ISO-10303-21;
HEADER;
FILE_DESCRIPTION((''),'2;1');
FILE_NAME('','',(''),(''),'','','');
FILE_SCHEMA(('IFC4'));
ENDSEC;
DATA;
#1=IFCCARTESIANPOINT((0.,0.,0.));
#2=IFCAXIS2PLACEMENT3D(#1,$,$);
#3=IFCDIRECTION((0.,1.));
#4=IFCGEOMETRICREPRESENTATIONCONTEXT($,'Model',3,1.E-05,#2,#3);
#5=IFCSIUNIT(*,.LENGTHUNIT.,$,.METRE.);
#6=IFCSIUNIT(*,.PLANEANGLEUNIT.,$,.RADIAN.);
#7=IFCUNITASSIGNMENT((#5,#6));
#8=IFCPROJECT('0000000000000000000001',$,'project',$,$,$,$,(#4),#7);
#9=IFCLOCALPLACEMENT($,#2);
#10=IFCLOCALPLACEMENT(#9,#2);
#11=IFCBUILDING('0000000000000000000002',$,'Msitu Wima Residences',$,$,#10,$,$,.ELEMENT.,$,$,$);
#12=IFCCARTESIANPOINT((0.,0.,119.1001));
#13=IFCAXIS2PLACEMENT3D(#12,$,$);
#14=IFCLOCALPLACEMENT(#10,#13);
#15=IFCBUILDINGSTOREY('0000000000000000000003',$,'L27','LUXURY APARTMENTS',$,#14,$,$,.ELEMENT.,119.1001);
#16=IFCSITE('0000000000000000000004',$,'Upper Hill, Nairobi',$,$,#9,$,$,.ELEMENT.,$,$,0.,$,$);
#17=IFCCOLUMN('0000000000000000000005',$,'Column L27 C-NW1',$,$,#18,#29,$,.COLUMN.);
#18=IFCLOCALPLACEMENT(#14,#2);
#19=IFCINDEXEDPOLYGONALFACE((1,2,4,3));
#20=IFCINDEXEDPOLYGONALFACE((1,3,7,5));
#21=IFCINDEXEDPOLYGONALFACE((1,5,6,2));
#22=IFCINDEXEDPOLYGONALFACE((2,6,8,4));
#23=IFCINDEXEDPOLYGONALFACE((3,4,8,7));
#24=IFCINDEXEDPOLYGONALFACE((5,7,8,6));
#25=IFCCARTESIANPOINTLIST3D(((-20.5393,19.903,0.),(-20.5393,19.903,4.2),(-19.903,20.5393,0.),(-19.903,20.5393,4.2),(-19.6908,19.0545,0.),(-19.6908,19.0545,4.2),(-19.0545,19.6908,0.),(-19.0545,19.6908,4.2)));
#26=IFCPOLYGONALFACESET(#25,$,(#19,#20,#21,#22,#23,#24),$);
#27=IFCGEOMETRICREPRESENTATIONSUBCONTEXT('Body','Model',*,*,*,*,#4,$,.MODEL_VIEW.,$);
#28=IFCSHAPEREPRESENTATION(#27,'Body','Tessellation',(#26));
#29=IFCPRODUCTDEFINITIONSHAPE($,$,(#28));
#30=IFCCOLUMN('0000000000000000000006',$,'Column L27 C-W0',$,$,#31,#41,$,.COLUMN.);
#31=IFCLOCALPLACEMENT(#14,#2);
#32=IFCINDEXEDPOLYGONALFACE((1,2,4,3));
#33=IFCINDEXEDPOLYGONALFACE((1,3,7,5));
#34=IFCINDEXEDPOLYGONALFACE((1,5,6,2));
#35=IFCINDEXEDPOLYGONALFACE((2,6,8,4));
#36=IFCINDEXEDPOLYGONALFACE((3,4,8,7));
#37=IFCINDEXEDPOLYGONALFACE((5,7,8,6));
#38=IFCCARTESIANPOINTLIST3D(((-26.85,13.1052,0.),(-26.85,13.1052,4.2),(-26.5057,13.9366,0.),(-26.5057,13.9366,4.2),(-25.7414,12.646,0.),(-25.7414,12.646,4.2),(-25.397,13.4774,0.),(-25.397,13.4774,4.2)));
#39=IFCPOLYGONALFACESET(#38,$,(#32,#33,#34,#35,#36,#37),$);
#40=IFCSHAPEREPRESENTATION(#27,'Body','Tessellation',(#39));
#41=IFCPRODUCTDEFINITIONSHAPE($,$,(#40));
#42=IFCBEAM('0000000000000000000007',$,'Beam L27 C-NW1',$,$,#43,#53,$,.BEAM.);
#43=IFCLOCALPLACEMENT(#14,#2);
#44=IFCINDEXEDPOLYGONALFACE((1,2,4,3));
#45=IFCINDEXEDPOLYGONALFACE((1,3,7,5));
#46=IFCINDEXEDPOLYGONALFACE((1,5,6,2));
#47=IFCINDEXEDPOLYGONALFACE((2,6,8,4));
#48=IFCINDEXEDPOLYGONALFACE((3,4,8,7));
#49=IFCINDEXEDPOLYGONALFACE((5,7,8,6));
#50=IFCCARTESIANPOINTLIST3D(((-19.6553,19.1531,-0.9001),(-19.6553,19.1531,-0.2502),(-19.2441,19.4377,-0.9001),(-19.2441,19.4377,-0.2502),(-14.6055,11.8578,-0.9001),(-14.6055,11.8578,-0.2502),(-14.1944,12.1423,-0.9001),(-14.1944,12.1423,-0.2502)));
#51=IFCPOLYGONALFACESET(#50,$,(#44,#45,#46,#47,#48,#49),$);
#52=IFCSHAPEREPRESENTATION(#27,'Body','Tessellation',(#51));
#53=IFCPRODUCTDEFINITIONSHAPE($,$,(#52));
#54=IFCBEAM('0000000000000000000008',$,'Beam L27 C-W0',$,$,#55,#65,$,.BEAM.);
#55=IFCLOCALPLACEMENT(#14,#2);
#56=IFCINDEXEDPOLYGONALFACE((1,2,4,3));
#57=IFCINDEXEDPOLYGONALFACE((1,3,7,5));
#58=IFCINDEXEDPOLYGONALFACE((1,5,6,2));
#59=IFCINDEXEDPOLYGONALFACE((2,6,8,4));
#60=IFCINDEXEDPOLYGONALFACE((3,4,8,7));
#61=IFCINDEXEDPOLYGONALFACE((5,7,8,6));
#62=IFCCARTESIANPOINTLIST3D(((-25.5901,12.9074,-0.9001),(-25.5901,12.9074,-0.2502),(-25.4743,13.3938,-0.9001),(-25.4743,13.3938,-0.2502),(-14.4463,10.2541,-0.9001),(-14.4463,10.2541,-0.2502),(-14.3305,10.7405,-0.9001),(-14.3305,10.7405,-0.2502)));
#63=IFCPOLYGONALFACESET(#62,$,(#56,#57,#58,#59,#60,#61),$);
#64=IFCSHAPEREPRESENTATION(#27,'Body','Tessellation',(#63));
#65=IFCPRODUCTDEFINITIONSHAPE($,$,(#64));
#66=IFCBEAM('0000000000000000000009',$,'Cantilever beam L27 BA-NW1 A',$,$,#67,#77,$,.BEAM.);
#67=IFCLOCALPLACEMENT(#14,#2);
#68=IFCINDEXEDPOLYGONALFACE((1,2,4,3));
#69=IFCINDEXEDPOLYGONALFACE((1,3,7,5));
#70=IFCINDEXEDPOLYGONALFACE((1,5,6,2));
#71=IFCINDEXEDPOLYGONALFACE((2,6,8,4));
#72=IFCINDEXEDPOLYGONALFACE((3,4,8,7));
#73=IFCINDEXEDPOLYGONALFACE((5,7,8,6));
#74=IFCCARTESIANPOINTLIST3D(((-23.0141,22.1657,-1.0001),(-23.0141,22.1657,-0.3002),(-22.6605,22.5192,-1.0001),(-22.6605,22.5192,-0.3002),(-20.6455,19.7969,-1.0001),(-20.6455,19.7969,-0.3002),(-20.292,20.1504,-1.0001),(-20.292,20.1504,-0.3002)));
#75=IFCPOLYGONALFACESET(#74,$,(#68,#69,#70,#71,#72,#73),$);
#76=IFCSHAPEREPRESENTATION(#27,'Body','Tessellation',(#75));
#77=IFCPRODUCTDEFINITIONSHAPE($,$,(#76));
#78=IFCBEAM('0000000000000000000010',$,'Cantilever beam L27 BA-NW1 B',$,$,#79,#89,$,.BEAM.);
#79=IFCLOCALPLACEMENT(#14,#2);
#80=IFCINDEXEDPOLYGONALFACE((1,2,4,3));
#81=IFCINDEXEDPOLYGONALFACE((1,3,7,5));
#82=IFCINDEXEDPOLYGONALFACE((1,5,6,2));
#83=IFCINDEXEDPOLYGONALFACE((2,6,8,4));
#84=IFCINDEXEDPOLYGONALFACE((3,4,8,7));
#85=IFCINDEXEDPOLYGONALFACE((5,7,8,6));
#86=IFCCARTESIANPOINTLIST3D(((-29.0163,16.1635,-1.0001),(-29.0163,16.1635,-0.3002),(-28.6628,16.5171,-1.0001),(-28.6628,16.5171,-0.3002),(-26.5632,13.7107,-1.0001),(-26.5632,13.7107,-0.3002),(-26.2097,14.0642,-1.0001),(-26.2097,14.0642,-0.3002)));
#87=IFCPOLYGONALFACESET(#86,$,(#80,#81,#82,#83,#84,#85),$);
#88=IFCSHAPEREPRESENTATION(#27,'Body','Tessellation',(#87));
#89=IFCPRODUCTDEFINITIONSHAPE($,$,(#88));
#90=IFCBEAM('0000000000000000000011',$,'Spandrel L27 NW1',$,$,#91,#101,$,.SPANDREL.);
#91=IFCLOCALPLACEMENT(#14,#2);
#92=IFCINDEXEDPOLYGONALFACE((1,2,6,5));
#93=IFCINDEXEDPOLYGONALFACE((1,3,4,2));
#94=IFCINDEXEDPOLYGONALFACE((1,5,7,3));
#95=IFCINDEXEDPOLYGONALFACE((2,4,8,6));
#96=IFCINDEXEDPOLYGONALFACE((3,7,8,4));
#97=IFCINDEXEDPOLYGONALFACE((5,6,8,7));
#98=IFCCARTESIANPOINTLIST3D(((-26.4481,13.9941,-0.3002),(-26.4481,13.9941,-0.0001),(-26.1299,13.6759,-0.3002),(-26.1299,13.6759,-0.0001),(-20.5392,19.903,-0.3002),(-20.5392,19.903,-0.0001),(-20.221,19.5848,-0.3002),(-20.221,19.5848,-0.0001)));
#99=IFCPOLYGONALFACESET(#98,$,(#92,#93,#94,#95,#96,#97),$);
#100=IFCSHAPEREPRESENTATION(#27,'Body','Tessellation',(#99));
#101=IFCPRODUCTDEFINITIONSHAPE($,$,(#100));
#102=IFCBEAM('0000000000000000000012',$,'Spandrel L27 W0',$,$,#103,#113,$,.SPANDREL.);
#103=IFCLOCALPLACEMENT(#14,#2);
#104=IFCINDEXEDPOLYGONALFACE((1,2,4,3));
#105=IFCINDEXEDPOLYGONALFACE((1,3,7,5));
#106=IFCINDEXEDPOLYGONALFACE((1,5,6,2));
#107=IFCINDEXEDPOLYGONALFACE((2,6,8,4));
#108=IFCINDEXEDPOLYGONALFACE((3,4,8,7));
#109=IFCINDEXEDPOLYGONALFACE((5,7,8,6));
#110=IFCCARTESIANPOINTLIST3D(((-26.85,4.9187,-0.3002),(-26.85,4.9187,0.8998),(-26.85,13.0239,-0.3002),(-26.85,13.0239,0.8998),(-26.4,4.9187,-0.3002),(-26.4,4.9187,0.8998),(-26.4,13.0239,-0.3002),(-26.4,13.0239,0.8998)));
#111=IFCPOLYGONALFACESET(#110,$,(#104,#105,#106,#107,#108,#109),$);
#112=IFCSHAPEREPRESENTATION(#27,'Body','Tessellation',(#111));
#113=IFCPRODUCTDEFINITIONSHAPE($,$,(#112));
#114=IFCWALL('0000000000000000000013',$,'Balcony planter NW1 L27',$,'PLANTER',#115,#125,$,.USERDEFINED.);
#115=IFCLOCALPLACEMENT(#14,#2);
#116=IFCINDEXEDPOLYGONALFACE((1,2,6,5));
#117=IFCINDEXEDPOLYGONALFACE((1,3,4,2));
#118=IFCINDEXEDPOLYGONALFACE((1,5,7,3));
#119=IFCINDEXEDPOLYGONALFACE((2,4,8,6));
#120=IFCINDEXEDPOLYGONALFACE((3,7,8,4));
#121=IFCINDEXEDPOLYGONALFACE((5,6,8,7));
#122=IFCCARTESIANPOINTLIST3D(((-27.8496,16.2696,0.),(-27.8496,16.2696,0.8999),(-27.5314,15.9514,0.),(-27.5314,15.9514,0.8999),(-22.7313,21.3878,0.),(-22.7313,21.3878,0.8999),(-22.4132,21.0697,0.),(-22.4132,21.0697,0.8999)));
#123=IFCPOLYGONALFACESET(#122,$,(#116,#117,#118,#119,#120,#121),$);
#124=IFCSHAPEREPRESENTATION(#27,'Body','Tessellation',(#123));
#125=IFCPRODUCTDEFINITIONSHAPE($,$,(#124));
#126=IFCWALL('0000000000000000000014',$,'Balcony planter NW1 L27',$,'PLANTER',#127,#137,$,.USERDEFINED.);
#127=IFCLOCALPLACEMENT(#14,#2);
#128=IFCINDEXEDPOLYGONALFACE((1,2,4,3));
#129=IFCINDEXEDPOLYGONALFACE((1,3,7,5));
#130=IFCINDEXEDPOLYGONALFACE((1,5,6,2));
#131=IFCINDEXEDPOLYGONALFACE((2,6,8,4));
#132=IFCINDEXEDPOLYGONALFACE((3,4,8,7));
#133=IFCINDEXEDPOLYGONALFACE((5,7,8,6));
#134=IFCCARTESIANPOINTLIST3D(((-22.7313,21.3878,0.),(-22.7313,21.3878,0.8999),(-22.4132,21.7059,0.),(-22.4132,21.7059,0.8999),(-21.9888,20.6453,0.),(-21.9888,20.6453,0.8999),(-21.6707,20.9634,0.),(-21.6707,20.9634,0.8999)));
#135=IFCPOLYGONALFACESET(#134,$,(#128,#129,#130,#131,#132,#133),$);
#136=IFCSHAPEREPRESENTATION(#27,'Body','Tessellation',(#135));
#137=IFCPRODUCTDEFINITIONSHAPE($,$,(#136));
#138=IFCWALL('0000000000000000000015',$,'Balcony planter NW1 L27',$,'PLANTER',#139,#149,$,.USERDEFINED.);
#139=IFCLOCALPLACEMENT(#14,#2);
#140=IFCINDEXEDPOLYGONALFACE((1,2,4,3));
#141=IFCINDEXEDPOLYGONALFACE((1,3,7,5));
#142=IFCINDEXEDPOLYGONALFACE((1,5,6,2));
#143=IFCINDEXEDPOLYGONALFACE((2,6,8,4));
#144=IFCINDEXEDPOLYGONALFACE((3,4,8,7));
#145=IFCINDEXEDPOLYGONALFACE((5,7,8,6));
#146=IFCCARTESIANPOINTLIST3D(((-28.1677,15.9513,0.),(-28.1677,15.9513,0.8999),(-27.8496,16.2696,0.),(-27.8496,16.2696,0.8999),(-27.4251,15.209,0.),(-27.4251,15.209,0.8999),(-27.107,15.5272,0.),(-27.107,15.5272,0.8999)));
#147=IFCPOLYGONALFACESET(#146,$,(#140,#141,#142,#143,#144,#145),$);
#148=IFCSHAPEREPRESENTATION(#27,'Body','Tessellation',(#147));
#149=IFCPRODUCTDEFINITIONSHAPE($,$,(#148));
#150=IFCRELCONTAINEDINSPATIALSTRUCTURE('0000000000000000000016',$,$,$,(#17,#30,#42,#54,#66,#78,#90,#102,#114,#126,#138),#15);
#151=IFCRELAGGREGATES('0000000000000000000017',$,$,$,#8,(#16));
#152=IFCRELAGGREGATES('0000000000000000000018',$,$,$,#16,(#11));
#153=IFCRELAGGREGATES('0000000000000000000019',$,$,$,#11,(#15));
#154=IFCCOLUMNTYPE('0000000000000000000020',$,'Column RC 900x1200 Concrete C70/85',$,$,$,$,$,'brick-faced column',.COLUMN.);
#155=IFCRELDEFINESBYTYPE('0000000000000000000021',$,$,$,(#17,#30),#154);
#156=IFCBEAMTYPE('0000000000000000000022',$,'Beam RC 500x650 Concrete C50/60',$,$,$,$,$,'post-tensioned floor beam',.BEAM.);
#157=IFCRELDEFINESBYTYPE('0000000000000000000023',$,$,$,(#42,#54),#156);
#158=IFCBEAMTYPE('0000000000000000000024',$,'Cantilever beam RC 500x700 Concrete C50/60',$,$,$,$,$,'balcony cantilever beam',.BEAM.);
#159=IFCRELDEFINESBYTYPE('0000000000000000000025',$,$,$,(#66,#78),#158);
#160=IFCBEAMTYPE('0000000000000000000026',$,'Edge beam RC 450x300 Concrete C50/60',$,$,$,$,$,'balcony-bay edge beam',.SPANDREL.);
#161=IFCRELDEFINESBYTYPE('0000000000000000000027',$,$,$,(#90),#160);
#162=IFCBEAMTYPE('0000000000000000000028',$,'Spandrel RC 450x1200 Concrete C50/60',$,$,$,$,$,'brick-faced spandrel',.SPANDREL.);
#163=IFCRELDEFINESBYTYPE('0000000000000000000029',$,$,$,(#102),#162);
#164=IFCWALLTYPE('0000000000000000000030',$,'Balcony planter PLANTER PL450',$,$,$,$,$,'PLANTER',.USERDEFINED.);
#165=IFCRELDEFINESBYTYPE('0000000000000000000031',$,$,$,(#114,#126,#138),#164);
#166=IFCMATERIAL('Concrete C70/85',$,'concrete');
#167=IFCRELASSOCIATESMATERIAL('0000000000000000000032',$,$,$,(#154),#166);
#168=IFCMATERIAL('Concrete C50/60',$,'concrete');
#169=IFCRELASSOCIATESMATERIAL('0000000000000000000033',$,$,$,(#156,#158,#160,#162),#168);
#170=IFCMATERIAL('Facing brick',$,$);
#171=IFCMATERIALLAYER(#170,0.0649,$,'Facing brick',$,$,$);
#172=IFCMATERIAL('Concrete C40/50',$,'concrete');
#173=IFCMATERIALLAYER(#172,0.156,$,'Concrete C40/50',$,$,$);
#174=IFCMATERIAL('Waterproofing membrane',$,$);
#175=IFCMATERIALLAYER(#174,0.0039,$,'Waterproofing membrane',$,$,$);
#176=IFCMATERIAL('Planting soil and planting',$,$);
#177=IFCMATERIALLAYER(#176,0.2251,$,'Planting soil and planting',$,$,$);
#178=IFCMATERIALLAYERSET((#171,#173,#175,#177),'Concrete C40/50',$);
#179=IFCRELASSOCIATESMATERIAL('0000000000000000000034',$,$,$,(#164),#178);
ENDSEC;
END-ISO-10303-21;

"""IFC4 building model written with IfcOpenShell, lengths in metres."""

from ifc_helpers import new_model, si_unit, direction, frame, frame_2d, origin, origin_2d, place, context, subcontext, project, spatial, rectangle, extrude, material, layer, layer_set, material_profile, profile_set, type_object, element, save


model = new_model("IFC4")

# Units and contexts
model_context = context("Model", 3, precision=1e-05, world=origin(), true_north=direction((0.0, 1.0)))
body_context = subcontext(model_context, "Body", "Model", "MODEL_VIEW")
ifc_project = project(units=[si_unit("LENGTHUNIT", "METRE"), si_unit("PLANEANGLEUNIT", "RADIAN")], contexts=[model_context])

# Site, building, storey
site_placement = place(None, origin())
site = spatial("IfcSite", under=ifc_project, at=site_placement, Name="Upper Hill, Nairobi", CompositionType="ELEMENT", RefElevation=0.0)
building_placement = place(site_placement, origin())
building = spatial("IfcBuilding", under=site, at=building_placement, Name="Msitu Wima Residences", CompositionType="ELEMENT")
storey_placement = place(building_placement, frame((0.0, 0.0, 119.1001)))
storey = spatial("IfcBuildingStorey", under=building, at=storey_placement, Name="L27", Description="LUXURY APARTMENTS", CompositionType="ELEMENT", Elevation=119.1001)

# Columns
ifc_material_1 = material(Name="Concrete C70/85", Category="concrete")
ifc_material_profile_1 = material_profile(ifc_material_1, rectangle(XDim=0.8999, YDim=1.2, at=origin_2d()), Name="RC 900x1200")
ifc_profile_set_1 = profile_set([ifc_material_profile_1], Name="Concrete C70/85")
column_type = type_object("IfcColumnType", Name="Column RC 900x1200 Concrete C70/85", ElementType="brick-faced column", PredefinedType="COLUMN", material=ifc_profile_set_1)
for number, where, z_axis, x_axis, name in (
    (1, (-19.7969, 19.7969, 0.0), (0.0, 0.0, 1.0), (-0.707107, -0.707107, 0.0), "Column L27 C-NW1"),
    (2, (-26.1235, 13.2913, 0.0), (0.0, 0.0, 1.0), (-0.382683, -0.92388, 0.0), "Column L27 C-W0"),
):
    element("IfcColumn", number, at=place(storey_placement, frame(where, z_axis=z_axis, x_axis=x_axis)), inside=storey, type_object=column_type, Name=name, PredefinedType="COLUMN", context=body_context, shape_type="SweptSolid", body=[
        extrude(rectangle(XDim=0.8999, YDim=1.2, at=origin_2d()), origin(), (0.0, 0.0, 1.0), 4.2),
    ])

# Beams
ifc_material_2 = material(Name="Concrete C50/60", Category="concrete")
ifc_material_profile_2 = material_profile(ifc_material_2, rectangle(XDim=0.5, YDim=0.6499, at=origin_2d()), Name="RC 500x650")
ifc_profile_set_2 = profile_set([ifc_material_profile_2], Name="Concrete C50/60")
beam_type_1 = type_object("IfcBeamType", Name="Beam RC 500x650 Concrete C50/60", ElementType="post-tensioned floor beam", PredefinedType="BEAM", material=ifc_profile_set_2)
beam_1_placement = place(storey_placement, frame((-19.4497, 19.2954, -0.5752), z_axis=(0.569144, -0.822238, 0.0), x_axis=(0.822238, 0.569144, 0.0)))
element("IfcBeam", 3, at=beam_1_placement, inside=storey, type_object=beam_type_1, Name="Beam L27 C-NW1", PredefinedType="BEAM", context=body_context, shape_type="SweptSolid", body=[
    extrude(rectangle(XDim=0.5, YDim=0.6499, at=origin_2d()), origin(), (0.0, 0.0, 1.0), 8.8726),
])
beam_2_placement = place(storey_placement, frame((-25.5322, 13.1506, -0.5752), z_axis=(0.972806, -0.231623, 0.0), x_axis=(0.231623, 0.972806, 0.0)))
element("IfcBeam", 4, at=beam_2_placement, inside=storey, type_object=beam_type_1, Name="Beam L27 C-W0", PredefinedType="BEAM", context=body_context, shape_type="SweptSolid", body=[
    extrude(rectangle(XDim=0.5, YDim=0.6499, at=origin_2d()), origin(), (0.0, 0.0, 1.0), 11.4553),
])
ifc_material_profile_3 = material_profile(ifc_material_2, rectangle(XDim=0.5, YDim=0.7, at=origin_2d()), Name="RC 500x700")
ifc_profile_set_3 = profile_set([ifc_material_profile_3], Name="Concrete C50/60")
beam_type_2 = type_object("IfcBeamType", Name="Cantilever beam RC 500x700 Concrete C50/60", ElementType="balcony cantilever beam", PredefinedType="BEAM", material=ifc_profile_set_3)
beam_3_placement = place(storey_placement, frame((-20.4688, 19.9736, -0.6501), z_axis=(-0.70707, 0.707143, 0.0), x_axis=(-0.707143, -0.70707, 0.0)))
element("IfcBeam", 5, at=beam_3_placement, inside=storey, type_object=beam_type_2, Name="Cantilever beam L27 BA-NW1 A", PredefinedType="BEAM", context=body_context, shape_type="SweptSolid", body=[
    extrude(rectangle(XDim=0.5, YDim=0.7, at=origin_2d()), origin(), (0.0, 0.0, 1.0), 3.3499),
])
beam_4_placement = place(storey_placement, frame((-26.3865, 13.8875, -0.6501), z_axis=(-0.707142, 0.707072, 0.0), x_axis=(-0.707072, -0.707142, 0.0)))
element("IfcBeam", 6, at=beam_4_placement, inside=storey, type_object=beam_type_2, Name="Cantilever beam L27 BA-NW1 B", PredefinedType="BEAM", context=body_context, shape_type="SweptSolid", body=[
    extrude(rectangle(XDim=0.5, YDim=0.7, at=origin_2d()), origin(), (0.0, 0.0, 1.0), 3.469),
])
ifc_material_profile_4 = material_profile(ifc_material_2, rectangle(XDim=0.45, YDim=0.3, at=origin_2d()), Name="RC 450x300")
ifc_profile_set_4 = profile_set([ifc_material_profile_4], Name="Concrete C50/60")
beam_type_3 = type_object("IfcBeamType", Name="Edge beam RC 450x300 Concrete C50/60", ElementType="balcony-bay edge beam", PredefinedType="SPANDREL", material=ifc_profile_set_4)
beam_5_placement = place(storey_placement, frame((-20.3801, 19.7439, -0.1501), z_axis=(-0.707107, -0.707107, 0.0), x_axis=(0.707107, -0.707107, 0.0)))
element("IfcBeam", 7, at=beam_5_placement, inside=storey, type_object=beam_type_3, Name="Spandrel L27 NW1", PredefinedType="SPANDREL", context=body_context, shape_type="SweptSolid", body=[
    extrude(rectangle(XDim=0.45, YDim=0.3, at=origin_2d()), origin(), (0.0, 0.0, 1.0), 8.3564),
])
ifc_material_profile_5 = material_profile(ifc_material_2, rectangle(XDim=0.45, YDim=1.2, at=origin_2d()), Name="RC 450x1200")
ifc_profile_set_5 = profile_set([ifc_material_profile_5], Name="Concrete C50/60")
beam_type_4 = type_object("IfcBeamType", Name="Spandrel RC 450x1200 Concrete C50/60", ElementType="brick-faced spandrel", PredefinedType="SPANDREL", material=ifc_profile_set_5)
beam_6_placement = place(storey_placement, frame((-26.625, 13.0239, 0.2998), z_axis=(0.0, -1.0, 0.0), x_axis=(1.0, 0.0, 0.0)))
element("IfcBeam", 8, at=beam_6_placement, inside=storey, type_object=beam_type_4, Name="Spandrel L27 W0", PredefinedType="SPANDREL", context=body_context, shape_type="SweptSolid", body=[
    extrude(rectangle(XDim=0.45, YDim=1.2, at=origin_2d()), origin(), (0.0, 0.0, 1.0), 8.1052),
])

# Walls
ifc_material_3 = material(Name="Facing brick")
ifc_layer_1 = layer(ifc_material_3, 0.0649, Name="Facing brick")
ifc_material_4 = material(Name="Concrete C40/50", Category="concrete")
ifc_layer_2 = layer(ifc_material_4, 0.156, Name="Concrete C40/50")
ifc_material_5 = material(Name="Waterproofing membrane")
ifc_layer_3 = layer(ifc_material_5, 0.0039, Name="Waterproofing membrane")
ifc_material_6 = material(Name="Planting soil and planting")
ifc_layer_4 = layer(ifc_material_6, 0.2251, Name="Planting soil and planting")
ifc_layer_set_1 = layer_set([ifc_layer_1, ifc_layer_2, ifc_layer_3, ifc_layer_4], Name="Concrete C40/50")
wall_type_1 = type_object("IfcWallType", Name="Balcony planter PLANTER PL450", ElementType="PLANTER", PredefinedType="USERDEFINED", material=ifc_layer_set_1)
wall_1_placement = place(storey_placement, frame((-22.5723, 21.2288, 0.0), z_axis=(0.0, 0.0, 1.0), x_axis=(-0.707107, -0.707107, 0.0)))
element("IfcWall", 9, at=wall_1_placement, inside=storey, type_object=wall_type_1, Name="Balcony planter NW1 L27", ObjectType="PLANTER", PredefinedType="USERDEFINED", context=body_context, shape_type="SweptSolid", body=[
    extrude(rectangle(XDim=7.2383, YDim=0.45, at=frame_2d((3.6191, 0.0))), origin(), (0.0, 0.0, 1.0), 0.8999),
])
for number, where, z_axis, x_axis, name in (
    (10, (-21.8298, 20.8044, 0.0), (0.0, 0.0, 1.0), (-0.707107, 0.707107, 0.0), "Balcony planter NW1 L27"),
    (11, (-27.2661, 15.3682, 0.0), (0.0, 0.0, 1.0), (-0.707223, 0.706991, 0.0), "Balcony planter NW1 L27"),
):
    element("IfcWall", number, at=place(storey_placement, frame(where, z_axis=z_axis, x_axis=x_axis)), inside=storey, type_object=wall_type_1, Name=name, ObjectType="PLANTER", PredefinedType="USERDEFINED", context=body_context, shape_type="SweptSolid", body=[
        extrude(rectangle(XDim=1.05, YDim=0.45, at=frame_2d((0.5249, 0.0))), origin(), (0.0, 0.0, 1.0), 0.8999),
    ])

save(model, "model.ifc")
